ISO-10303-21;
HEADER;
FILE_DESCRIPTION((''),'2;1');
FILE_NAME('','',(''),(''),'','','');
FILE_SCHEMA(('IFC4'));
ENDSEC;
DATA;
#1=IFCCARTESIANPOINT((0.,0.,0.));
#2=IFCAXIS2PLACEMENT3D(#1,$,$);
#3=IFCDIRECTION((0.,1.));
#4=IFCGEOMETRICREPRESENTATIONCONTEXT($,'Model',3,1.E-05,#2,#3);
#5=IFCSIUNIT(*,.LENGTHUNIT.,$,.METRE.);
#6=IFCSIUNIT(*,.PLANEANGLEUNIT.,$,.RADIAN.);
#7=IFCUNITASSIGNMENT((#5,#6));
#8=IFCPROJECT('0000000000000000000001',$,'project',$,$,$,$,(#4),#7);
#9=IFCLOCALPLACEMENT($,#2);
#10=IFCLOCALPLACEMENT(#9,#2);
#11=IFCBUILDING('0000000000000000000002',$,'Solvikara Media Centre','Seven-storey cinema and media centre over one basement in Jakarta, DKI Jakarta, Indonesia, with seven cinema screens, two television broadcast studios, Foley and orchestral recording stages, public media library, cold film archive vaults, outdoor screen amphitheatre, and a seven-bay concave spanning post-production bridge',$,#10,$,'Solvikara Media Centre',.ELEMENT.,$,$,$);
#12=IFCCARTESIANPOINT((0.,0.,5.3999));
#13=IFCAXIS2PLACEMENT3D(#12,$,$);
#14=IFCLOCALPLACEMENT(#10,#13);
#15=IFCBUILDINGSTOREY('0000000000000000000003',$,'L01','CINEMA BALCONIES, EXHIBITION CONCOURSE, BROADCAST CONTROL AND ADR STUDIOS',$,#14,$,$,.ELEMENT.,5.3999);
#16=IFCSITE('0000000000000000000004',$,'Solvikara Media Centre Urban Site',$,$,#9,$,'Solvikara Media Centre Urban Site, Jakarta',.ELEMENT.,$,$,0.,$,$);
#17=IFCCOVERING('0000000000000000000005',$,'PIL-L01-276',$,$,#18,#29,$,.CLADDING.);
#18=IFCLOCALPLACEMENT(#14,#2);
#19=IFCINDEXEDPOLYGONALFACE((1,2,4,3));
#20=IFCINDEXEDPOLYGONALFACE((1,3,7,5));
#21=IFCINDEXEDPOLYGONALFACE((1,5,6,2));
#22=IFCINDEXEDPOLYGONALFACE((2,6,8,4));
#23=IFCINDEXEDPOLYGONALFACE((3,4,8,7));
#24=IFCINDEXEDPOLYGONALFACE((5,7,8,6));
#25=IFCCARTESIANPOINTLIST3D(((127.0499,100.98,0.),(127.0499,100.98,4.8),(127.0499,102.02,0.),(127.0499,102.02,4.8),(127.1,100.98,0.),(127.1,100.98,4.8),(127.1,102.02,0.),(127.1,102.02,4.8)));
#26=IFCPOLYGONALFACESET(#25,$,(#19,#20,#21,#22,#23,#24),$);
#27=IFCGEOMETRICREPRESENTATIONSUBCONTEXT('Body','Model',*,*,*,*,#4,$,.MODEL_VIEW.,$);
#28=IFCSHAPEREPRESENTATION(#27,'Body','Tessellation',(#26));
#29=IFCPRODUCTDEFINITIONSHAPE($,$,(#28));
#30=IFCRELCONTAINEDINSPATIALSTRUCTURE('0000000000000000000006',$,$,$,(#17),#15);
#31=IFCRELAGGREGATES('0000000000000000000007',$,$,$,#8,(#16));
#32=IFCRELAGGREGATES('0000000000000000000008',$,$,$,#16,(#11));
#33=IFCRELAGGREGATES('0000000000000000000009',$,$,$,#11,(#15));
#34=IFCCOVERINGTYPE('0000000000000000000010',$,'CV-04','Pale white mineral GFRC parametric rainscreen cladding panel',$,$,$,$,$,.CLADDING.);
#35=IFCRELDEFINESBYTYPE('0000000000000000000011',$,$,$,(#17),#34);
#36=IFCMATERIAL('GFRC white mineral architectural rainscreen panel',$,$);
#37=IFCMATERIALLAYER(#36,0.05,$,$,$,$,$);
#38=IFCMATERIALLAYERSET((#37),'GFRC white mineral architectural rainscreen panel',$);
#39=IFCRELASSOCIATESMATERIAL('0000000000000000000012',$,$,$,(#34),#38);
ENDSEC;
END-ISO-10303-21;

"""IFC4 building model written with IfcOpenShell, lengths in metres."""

from ifc_helpers import new_model, si_unit, direction, frame, origin, origin_2d, place, context, subcontext, project, spatial, rectangle, extrude, material, layer, layer_set, type_object, element, save


model = new_model("IFC4")

# Units and contexts
model_context = context("Model", 3, precision=1e-05, world=origin(), true_north=direction((0.0, 1.0)))
body_context = subcontext(model_context, "Body", "Model", "MODEL_VIEW")
ifc_project = project(units=[si_unit("LENGTHUNIT", "METRE"), si_unit("PLANEANGLEUNIT", "RADIAN")], contexts=[model_context])

# Site, building, storey
site_placement = place(None, origin())
site = spatial("IfcSite", under=ifc_project, at=site_placement, Name="Solvikara Media Centre Urban Site", LongName="Solvikara Media Centre Urban Site, Jakarta", CompositionType="ELEMENT", RefElevation=0.0)
building_placement = place(site_placement, origin())
building = spatial("IfcBuilding", under=site, at=building_placement, Name="Solvikara Media Centre", Description="Seven-storey cinema and media centre over one basement in Jakarta, DKI Jakarta, Indonesia, with seven cinema screens, two television broadcast studios, Foley and orchestral recording stages, public media library, cold film archive vaults, outdoor screen amphitheatre, and a seven-bay concave spanning post-production bridge", LongName="Solvikara Media Centre", CompositionType="ELEMENT")
storey_placement = place(building_placement, frame((0.0, 0.0, 5.3999)))
storey = spatial("IfcBuildingStorey", under=building, at=storey_placement, Name="L01", Description="CINEMA BALCONIES, EXHIBITION CONCOURSE, BROADCAST CONTROL AND ADR STUDIOS", CompositionType="ELEMENT", Elevation=5.3999)

# Covering
ifc_material_1 = material(Name="GFRC white mineral architectural rainscreen panel")
ifc_layer_1 = layer(ifc_material_1, 0.05)
ifc_layer_set_1 = layer_set([ifc_layer_1], Name="GFRC white mineral architectural rainscreen panel")
covering_type = type_object("IfcCoveringType", Name="CV-04", Description="Pale white mineral GFRC parametric rainscreen cladding panel", PredefinedType="CLADDING", material=ifc_layer_set_1)
covering_placement = place(storey_placement, frame((127.075, 101.5, 0.0), z_axis=(0.0, 0.0, 1.0), x_axis=(0.0, -1.0, 0.0)))
element("IfcCovering", 1, at=covering_placement, inside=storey, type_object=covering_type, Name="PIL-L01-276", PredefinedType="CLADDING", context=body_context, shape_type="SweptSolid", body=[
    extrude(rectangle(XDim=1.04, YDim=0.05, at=origin_2d()), origin(), (0.0, 0.0, 1.0), 4.8),
])

save(model, "model.ifc")
